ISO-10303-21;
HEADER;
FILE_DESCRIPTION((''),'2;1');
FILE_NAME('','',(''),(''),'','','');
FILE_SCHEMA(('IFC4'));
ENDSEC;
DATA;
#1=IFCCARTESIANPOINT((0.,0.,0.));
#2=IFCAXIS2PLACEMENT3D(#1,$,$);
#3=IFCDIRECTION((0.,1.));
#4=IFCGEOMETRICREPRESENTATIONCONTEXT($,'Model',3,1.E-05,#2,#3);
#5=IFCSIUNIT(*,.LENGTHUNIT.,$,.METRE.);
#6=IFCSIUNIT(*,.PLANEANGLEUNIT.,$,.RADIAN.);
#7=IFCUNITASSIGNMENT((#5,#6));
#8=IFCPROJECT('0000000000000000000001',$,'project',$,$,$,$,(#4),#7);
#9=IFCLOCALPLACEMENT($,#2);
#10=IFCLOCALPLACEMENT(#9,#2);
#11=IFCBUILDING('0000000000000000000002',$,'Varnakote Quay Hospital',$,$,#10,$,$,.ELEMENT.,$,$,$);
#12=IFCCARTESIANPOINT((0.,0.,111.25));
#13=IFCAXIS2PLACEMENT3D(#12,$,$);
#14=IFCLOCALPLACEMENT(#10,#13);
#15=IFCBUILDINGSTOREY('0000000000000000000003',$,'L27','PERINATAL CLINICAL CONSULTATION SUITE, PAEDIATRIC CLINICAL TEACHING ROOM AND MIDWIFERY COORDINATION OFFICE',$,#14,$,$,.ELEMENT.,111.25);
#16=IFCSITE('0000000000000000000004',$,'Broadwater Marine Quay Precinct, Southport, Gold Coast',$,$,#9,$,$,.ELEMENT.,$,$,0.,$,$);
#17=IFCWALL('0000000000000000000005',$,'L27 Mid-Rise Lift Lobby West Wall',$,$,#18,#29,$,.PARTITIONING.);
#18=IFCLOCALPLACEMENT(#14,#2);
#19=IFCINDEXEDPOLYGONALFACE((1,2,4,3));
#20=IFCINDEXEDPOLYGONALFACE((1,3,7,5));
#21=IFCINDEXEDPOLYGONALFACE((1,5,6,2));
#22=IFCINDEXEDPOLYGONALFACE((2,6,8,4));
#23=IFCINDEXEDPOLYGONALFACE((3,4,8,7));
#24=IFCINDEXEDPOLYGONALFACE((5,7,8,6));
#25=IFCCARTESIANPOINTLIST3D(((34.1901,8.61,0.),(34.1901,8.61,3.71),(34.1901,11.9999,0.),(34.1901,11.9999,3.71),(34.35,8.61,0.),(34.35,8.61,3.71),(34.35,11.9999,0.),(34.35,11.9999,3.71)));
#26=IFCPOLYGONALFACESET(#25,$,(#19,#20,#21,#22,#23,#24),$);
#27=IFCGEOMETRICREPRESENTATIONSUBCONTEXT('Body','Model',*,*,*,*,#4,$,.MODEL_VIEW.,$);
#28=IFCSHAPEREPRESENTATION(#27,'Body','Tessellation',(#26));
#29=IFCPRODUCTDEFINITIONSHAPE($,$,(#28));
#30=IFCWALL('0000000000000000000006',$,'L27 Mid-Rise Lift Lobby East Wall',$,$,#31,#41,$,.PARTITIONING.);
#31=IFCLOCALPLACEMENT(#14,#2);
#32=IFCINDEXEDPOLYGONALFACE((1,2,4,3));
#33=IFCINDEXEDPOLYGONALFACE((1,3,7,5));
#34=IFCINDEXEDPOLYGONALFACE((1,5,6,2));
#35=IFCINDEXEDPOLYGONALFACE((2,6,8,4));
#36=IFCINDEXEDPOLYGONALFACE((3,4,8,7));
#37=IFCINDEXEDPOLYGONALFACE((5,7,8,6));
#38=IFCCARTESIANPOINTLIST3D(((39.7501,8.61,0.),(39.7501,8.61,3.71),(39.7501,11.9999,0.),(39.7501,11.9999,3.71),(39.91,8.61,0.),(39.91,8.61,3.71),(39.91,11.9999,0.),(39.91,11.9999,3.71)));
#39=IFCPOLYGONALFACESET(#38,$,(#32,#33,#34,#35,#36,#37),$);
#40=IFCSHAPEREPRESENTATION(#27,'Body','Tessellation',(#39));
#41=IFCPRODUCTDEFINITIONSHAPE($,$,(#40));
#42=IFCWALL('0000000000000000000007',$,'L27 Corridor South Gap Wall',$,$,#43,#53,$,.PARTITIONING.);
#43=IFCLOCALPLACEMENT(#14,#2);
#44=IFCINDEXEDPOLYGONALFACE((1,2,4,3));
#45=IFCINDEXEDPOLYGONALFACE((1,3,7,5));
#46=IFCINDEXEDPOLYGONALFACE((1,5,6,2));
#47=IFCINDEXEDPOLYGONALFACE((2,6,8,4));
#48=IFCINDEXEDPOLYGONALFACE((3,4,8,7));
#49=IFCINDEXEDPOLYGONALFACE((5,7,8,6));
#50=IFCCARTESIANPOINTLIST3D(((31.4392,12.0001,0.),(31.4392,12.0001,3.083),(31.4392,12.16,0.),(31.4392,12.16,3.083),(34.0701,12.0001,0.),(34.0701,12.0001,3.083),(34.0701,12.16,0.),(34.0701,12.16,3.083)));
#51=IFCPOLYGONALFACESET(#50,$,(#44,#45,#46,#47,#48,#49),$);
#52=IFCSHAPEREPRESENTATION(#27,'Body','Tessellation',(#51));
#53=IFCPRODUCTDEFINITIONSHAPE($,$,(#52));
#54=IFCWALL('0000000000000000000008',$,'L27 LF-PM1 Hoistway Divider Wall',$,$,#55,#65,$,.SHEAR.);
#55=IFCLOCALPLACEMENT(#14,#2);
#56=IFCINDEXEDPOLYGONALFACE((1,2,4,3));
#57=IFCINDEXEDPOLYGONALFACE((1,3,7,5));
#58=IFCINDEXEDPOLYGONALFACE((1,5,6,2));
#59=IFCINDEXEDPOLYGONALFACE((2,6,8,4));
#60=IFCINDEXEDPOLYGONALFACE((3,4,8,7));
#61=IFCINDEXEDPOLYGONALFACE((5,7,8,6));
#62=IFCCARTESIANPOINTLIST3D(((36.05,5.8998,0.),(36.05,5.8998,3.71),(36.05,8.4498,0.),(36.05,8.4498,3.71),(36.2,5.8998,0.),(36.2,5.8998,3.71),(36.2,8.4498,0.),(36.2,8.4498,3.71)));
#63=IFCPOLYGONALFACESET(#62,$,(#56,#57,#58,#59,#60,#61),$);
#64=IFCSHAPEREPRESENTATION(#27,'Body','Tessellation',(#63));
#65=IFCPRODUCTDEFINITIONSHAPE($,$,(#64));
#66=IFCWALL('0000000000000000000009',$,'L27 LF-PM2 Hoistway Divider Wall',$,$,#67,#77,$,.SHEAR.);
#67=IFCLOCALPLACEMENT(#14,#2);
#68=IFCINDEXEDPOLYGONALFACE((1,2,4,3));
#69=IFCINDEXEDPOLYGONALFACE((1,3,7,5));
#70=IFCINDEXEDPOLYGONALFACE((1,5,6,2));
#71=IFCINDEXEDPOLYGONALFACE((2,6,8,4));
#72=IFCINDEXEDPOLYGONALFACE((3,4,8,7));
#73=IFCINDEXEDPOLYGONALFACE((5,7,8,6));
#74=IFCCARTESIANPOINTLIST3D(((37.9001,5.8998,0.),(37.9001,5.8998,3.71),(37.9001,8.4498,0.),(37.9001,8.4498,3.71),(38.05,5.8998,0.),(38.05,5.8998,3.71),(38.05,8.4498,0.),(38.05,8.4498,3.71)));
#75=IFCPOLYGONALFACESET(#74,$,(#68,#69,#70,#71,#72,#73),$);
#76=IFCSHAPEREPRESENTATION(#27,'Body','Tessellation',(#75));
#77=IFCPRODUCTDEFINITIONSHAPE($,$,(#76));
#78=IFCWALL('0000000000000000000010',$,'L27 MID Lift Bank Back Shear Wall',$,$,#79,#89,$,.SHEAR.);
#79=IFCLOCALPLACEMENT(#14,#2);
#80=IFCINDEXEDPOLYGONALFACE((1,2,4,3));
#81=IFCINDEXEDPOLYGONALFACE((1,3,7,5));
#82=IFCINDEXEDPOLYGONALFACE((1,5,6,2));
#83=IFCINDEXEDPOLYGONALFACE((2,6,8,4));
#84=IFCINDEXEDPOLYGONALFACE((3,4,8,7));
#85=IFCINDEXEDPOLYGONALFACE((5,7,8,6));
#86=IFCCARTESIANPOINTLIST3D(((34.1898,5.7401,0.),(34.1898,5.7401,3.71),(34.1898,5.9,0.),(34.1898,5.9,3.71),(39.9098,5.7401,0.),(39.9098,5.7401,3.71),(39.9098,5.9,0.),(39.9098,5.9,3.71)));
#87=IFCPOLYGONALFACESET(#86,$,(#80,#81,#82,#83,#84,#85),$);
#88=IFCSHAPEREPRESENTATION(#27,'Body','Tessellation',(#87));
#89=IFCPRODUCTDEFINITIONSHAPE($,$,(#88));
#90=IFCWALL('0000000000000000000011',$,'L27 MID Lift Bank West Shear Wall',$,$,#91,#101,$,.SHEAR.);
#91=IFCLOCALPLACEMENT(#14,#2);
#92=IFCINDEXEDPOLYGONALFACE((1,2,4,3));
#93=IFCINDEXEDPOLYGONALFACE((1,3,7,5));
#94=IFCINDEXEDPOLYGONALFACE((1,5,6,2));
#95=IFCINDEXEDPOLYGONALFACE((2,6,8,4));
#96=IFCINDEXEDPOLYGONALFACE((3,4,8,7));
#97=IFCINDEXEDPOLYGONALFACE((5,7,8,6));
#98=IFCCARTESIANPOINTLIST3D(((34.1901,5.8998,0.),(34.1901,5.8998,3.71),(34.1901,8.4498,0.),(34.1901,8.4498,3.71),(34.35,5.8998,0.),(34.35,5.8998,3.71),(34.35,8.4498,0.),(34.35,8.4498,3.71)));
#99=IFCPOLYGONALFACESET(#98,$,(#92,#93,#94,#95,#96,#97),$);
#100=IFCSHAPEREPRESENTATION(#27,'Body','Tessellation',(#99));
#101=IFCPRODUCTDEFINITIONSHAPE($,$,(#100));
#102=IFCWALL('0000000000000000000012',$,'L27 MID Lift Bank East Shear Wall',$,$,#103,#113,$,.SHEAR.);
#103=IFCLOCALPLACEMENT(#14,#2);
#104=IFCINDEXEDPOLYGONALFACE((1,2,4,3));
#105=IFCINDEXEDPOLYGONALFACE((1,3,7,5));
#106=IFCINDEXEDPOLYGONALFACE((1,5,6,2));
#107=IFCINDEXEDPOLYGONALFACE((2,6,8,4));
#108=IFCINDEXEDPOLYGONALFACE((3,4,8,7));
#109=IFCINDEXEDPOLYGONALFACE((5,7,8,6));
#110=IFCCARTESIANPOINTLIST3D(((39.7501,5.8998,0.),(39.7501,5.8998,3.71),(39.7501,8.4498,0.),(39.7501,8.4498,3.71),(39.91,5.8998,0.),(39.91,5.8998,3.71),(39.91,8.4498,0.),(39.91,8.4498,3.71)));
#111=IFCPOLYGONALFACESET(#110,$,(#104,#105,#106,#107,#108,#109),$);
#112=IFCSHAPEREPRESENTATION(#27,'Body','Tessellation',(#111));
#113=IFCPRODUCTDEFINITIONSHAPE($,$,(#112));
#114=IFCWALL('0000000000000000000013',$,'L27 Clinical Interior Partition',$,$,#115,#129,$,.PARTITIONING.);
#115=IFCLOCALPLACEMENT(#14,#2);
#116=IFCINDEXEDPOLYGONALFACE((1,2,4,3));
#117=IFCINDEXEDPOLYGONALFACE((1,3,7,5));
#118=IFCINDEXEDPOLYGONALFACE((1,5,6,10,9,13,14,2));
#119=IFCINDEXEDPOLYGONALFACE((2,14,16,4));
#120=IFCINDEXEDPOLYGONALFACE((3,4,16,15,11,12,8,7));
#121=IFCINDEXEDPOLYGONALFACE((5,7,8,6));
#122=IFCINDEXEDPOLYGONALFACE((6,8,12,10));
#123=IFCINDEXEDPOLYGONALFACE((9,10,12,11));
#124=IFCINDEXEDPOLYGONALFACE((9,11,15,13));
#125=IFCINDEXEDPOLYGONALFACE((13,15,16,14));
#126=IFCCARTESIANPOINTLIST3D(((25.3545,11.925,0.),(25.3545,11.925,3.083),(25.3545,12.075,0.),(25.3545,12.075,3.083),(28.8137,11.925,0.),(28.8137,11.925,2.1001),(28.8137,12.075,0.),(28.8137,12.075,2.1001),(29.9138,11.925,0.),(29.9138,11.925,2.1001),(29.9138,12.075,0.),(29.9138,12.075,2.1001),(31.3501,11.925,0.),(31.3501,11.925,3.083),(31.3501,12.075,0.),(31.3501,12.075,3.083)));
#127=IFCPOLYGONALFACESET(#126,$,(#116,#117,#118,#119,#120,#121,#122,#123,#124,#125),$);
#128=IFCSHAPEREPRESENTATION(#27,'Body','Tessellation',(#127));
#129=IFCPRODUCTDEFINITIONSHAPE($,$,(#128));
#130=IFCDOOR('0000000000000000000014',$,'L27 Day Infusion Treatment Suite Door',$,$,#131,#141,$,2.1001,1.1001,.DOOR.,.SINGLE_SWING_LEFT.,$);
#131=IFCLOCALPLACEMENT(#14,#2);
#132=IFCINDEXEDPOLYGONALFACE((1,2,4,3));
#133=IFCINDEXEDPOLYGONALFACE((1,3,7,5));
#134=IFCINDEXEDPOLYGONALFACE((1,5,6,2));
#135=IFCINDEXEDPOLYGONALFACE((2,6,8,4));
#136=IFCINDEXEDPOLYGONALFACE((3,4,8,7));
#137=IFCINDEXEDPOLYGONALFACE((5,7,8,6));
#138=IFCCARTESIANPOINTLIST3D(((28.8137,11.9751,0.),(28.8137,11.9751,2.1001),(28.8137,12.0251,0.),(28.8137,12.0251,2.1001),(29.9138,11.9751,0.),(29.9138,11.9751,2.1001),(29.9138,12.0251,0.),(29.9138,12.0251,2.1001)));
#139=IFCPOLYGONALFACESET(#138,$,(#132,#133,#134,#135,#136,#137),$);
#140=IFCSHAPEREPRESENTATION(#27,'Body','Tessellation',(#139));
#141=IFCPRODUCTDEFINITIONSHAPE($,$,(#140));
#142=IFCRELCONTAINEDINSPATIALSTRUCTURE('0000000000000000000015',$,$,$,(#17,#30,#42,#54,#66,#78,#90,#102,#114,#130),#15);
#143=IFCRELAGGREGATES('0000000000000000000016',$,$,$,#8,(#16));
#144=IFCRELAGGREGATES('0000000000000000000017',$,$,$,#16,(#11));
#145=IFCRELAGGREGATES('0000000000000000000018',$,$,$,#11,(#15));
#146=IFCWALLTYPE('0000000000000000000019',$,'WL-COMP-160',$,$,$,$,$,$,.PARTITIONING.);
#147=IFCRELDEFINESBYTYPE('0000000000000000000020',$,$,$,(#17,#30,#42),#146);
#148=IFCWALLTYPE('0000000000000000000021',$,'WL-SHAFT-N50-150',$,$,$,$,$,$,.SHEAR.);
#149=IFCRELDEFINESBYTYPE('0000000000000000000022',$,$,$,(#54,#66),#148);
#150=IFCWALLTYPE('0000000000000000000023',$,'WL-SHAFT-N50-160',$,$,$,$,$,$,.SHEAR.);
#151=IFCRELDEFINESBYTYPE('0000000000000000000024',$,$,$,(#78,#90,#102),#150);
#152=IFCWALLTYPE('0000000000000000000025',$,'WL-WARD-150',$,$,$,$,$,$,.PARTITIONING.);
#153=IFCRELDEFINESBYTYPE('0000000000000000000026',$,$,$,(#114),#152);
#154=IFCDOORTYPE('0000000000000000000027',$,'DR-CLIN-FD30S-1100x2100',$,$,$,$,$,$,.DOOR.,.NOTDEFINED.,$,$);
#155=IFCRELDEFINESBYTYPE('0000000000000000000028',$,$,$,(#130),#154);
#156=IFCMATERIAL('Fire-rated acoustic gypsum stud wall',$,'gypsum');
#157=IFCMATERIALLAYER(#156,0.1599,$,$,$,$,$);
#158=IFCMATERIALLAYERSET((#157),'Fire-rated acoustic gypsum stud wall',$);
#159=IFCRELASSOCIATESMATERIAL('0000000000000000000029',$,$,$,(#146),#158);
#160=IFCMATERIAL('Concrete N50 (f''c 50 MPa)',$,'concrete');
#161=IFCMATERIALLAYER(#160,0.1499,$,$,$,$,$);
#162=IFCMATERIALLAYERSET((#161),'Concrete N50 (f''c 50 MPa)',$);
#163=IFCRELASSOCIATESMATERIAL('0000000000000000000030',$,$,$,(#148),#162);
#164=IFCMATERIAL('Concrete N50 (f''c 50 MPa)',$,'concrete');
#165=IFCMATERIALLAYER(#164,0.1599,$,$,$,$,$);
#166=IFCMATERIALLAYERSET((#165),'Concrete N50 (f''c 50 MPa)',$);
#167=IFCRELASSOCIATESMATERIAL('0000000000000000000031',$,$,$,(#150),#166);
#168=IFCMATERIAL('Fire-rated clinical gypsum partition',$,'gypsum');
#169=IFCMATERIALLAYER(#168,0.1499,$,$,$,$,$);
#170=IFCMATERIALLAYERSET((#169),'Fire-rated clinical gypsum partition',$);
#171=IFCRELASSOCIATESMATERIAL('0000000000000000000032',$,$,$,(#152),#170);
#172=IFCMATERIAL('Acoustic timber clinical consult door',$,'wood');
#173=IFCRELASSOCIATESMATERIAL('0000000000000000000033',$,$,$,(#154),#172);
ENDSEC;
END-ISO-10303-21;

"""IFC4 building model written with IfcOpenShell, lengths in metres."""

from ifc_helpers import new_model, si_unit, direction, frame, frame_2d, origin, place, context, subcontext, project, spatial, rectangle, extrude, material, layer, layer_set, type_object, element, fill, save


model = new_model("IFC4")

# Units and contexts
model_context = context("Model", 3, precision=1e-05, world=origin(), true_north=direction((0.0, 1.0)))
body_context = subcontext(model_context, "Body", "Model", "MODEL_VIEW")
ifc_project = project(units=[si_unit("LENGTHUNIT", "METRE"), si_unit("PLANEANGLEUNIT", "RADIAN")], contexts=[model_context])

# Site, building, storey
site_placement = place(None, origin())
site = spatial("IfcSite", under=ifc_project, at=site_placement, Name="Broadwater Marine Quay Precinct, Southport, Gold Coast", CompositionType="ELEMENT", RefElevation=0.0)
building_placement = place(site_placement, origin())
building = spatial("IfcBuilding", under=site, at=building_placement, Name="Varnakote Quay Hospital", CompositionType="ELEMENT")
storey_placement = place(building_placement, frame((0.0, 0.0, 111.25)))
storey = spatial("IfcBuildingStorey", under=building, at=storey_placement, Name="L27", Description="PERINATAL CLINICAL CONSULTATION SUITE, PAEDIATRIC CLINICAL TEACHING ROOM AND MIDWIFERY COORDINATION OFFICE", CompositionType="ELEMENT", Elevation=111.25)

# Walls
ifc_material_1 = material(Name="Fire-rated acoustic gypsum stud wall", Category="gypsum")
ifc_layer_1 = layer(ifc_material_1, 0.1599)
ifc_layer_set_1 = layer_set([ifc_layer_1], Name="Fire-rated acoustic gypsum stud wall")
wall_type_1 = type_object("IfcWallType", Name="WL-COMP-160", PredefinedType="PARTITIONING", material=ifc_layer_set_1)
for number, where, z_axis, x_axis, name in (
    (1, (34.27, 8.6101, 0.0), (0.0, 0.0, 1.0), (0.0, 1.0, 0.0), "L27 Mid-Rise Lift Lobby West Wall"),
    (2, (39.8301, 8.6101, 0.0), (0.0, 0.0, 1.0), (0.0, 1.0, 0.0), "L27 Mid-Rise Lift Lobby East Wall"),
):
    element("IfcWall", number, at=place(storey_placement, frame(where, z_axis=z_axis, x_axis=x_axis)), inside=storey, type_object=wall_type_1, Name=name, PredefinedType="PARTITIONING", context=body_context, shape_type="SweptSolid", body=[
        extrude(rectangle(XDim=3.3899, YDim=0.1599, at=frame_2d((1.6948, 0.0))), origin(), (0.0, 0.0, 1.0), 3.71),
    ])
wall_1_placement = place(storey_placement, frame((31.4392, 12.0801, 0.0), z_axis=(0.0, 0.0, 1.0), x_axis=(1.0, 0.0, 0.0)))
element("IfcWall", 3, at=wall_1_placement, inside=storey, type_object=wall_type_1, Name="L27 Corridor South Gap Wall", PredefinedType="PARTITIONING", context=body_context, shape_type="SweptSolid", body=[
    extrude(rectangle(XDim=2.6309, YDim=0.1599, at=frame_2d((1.3154, 0.0))), origin(), (0.0, 0.0, 1.0), 3.083),
])
ifc_material_2 = material(Name="Concrete N50 (f'c 50 MPa)", Category="concrete")
ifc_layer_2 = layer(ifc_material_2, 0.1499)
ifc_layer_set_2 = layer_set([ifc_layer_2], Name="Concrete N50 (f'c 50 MPa)")
wall_type_2 = type_object("IfcWallType", Name="WL-SHAFT-N50-150", PredefinedType="SHEAR", material=ifc_layer_set_2)
for number, where, z_axis, x_axis, name in (
    (4, (36.125, 5.8999, 0.0), (0.0, 0.0, 1.0), (0.0, 1.0, 0.0), "L27 LF-PM1 Hoistway Divider Wall"),
    (5, (37.9751, 5.8999, 0.0), (0.0, 0.0, 1.0), (0.0, 1.0, 0.0), "L27 LF-PM2 Hoistway Divider Wall"),
):
    element("IfcWall", number, at=place(storey_placement, frame(where, z_axis=z_axis, x_axis=x_axis)), inside=storey, type_object=wall_type_2, Name=name, PredefinedType="SHEAR", context=body_context, shape_type="SweptSolid", body=[
        extrude(rectangle(XDim=2.55, YDim=0.1499, at=frame_2d((1.2749, 0.0))), origin(), (0.0, 0.0, 1.0), 3.71),
    ])
ifc_material_3 = material(Name="Concrete N50 (f'c 50 MPa)", Category="concrete")
ifc_layer_3 = layer(ifc_material_3, 0.1599)
ifc_layer_set_3 = layer_set([ifc_layer_3], Name="Concrete N50 (f'c 50 MPa)")
wall_type_3 = type_object("IfcWallType", Name="WL-SHAFT-N50-160", PredefinedType="SHEAR", material=ifc_layer_set_3)
wall_2_placement = place(storey_placement, frame((34.1899, 5.8201, 0.0), z_axis=(0.0, 0.0, 1.0), x_axis=(1.0, 0.0, 0.0)))
element("IfcWall", 6, at=wall_2_placement, inside=storey, type_object=wall_type_3, Name="L27 MID Lift Bank Back Shear Wall", PredefinedType="SHEAR", context=body_context, shape_type="SweptSolid", body=[
    extrude(rectangle(XDim=5.72, YDim=0.1599, at=frame_2d((2.8599, 0.0))), origin(), (0.0, 0.0, 1.0), 3.71),
])
for number, where, z_axis, x_axis, name in (
    (7, (34.27, 5.8999, 0.0), (0.0, 0.0, 1.0), (0.0, 1.0, 0.0), "L27 MID Lift Bank West Shear Wall"),
    (8, (39.8301, 5.8999, 0.0), (0.0, 0.0, 1.0), (0.0, 1.0, 0.0), "L27 MID Lift Bank East Shear Wall"),
):
    element("IfcWall", number, at=place(storey_placement, frame(where, z_axis=z_axis, x_axis=x_axis)), inside=storey, type_object=wall_type_3, Name=name, PredefinedType="SHEAR", context=body_context, shape_type="SweptSolid", body=[
        extrude(rectangle(XDim=2.55, YDim=0.1599, at=frame_2d((1.2749, 0.0))), origin(), (0.0, 0.0, 1.0), 3.71),
    ])

# Wall, opening, door
ifc_material_4 = material(Name="Fire-rated clinical gypsum partition", Category="gypsum")
ifc_layer_4 = layer(ifc_material_4, 0.1499)
ifc_layer_set_4 = layer_set([ifc_layer_4], Name="Fire-rated clinical gypsum partition")
wall_type_4 = type_object("IfcWallType", Name="WL-WARD-150", PredefinedType="PARTITIONING", material=ifc_layer_set_4)
wall_3_placement = place(storey_placement, frame((31.3501, 12.0, 0.0), z_axis=(0.0, 0.0, 1.0), x_axis=(-1.0, 0.0, 0.0)))
wall_3 = element("IfcWall", 9, at=wall_3_placement, inside=storey, type_object=wall_type_4, Name="L27 Clinical Interior Partition", PredefinedType="PARTITIONING", context=body_context, shape_type="SweptSolid", body=[
    extrude(rectangle(XDim=5.9956, YDim=0.1499, at=frame_2d((2.9978, 0.0))), origin(), (0.0, 0.0, 1.0), 3.083),
])
opening_1_placement = place(wall_3_placement, frame((1.4363, 0.0, 0.0)))
opening_1 = element("IfcOpeningElement", 10, at=opening_1_placement, cuts=wall_3, PredefinedType="OPENING", context=body_context, shape_type="SweptSolid", body=[
    extrude(rectangle(XDim=1.1001, YDim=2.1001, at=frame_2d((0.55, 1.05))), frame((0.0, 0.085, 0.0), z_axis=(0.0, -1.0, 0.0), x_axis=(1.0, 0.0, 0.0)), (0.0, 0.0, 1.0), 0.1699),
])
ifc_material_5 = material(Name="Acoustic timber clinical consult door", Category="wood")
door_type_1 = type_object("IfcDoorType", Name="DR-CLIN-FD30S-1100x2100", OperationType="NOTDEFINED", PredefinedType="DOOR", material=ifc_material_5)
door_1_placement = place(opening_1_placement, origin())
door_1 = element("IfcDoor", 11, at=door_1_placement, inside=storey, type_object=door_type_1, Name="L27 Day Infusion Treatment Suite Door", OperationType="SINGLE_SWING_LEFT", OverallHeight=2.1001, OverallWidth=1.1001, PredefinedType="DOOR", context=body_context, shape_type="SweptSolid", body=[
    extrude(rectangle(XDim=1.1001, YDim=2.1001, at=frame_2d((0.55, 1.05))), frame((0.0, 0.0249, 0.0), z_axis=(0.0, -1.0, 0.0), x_axis=(1.0, 0.0, 0.0)), (0.0, 0.0, 1.0), 0.05),
])
fill(opening_1, door_1)

save(model, "model.ifc")
